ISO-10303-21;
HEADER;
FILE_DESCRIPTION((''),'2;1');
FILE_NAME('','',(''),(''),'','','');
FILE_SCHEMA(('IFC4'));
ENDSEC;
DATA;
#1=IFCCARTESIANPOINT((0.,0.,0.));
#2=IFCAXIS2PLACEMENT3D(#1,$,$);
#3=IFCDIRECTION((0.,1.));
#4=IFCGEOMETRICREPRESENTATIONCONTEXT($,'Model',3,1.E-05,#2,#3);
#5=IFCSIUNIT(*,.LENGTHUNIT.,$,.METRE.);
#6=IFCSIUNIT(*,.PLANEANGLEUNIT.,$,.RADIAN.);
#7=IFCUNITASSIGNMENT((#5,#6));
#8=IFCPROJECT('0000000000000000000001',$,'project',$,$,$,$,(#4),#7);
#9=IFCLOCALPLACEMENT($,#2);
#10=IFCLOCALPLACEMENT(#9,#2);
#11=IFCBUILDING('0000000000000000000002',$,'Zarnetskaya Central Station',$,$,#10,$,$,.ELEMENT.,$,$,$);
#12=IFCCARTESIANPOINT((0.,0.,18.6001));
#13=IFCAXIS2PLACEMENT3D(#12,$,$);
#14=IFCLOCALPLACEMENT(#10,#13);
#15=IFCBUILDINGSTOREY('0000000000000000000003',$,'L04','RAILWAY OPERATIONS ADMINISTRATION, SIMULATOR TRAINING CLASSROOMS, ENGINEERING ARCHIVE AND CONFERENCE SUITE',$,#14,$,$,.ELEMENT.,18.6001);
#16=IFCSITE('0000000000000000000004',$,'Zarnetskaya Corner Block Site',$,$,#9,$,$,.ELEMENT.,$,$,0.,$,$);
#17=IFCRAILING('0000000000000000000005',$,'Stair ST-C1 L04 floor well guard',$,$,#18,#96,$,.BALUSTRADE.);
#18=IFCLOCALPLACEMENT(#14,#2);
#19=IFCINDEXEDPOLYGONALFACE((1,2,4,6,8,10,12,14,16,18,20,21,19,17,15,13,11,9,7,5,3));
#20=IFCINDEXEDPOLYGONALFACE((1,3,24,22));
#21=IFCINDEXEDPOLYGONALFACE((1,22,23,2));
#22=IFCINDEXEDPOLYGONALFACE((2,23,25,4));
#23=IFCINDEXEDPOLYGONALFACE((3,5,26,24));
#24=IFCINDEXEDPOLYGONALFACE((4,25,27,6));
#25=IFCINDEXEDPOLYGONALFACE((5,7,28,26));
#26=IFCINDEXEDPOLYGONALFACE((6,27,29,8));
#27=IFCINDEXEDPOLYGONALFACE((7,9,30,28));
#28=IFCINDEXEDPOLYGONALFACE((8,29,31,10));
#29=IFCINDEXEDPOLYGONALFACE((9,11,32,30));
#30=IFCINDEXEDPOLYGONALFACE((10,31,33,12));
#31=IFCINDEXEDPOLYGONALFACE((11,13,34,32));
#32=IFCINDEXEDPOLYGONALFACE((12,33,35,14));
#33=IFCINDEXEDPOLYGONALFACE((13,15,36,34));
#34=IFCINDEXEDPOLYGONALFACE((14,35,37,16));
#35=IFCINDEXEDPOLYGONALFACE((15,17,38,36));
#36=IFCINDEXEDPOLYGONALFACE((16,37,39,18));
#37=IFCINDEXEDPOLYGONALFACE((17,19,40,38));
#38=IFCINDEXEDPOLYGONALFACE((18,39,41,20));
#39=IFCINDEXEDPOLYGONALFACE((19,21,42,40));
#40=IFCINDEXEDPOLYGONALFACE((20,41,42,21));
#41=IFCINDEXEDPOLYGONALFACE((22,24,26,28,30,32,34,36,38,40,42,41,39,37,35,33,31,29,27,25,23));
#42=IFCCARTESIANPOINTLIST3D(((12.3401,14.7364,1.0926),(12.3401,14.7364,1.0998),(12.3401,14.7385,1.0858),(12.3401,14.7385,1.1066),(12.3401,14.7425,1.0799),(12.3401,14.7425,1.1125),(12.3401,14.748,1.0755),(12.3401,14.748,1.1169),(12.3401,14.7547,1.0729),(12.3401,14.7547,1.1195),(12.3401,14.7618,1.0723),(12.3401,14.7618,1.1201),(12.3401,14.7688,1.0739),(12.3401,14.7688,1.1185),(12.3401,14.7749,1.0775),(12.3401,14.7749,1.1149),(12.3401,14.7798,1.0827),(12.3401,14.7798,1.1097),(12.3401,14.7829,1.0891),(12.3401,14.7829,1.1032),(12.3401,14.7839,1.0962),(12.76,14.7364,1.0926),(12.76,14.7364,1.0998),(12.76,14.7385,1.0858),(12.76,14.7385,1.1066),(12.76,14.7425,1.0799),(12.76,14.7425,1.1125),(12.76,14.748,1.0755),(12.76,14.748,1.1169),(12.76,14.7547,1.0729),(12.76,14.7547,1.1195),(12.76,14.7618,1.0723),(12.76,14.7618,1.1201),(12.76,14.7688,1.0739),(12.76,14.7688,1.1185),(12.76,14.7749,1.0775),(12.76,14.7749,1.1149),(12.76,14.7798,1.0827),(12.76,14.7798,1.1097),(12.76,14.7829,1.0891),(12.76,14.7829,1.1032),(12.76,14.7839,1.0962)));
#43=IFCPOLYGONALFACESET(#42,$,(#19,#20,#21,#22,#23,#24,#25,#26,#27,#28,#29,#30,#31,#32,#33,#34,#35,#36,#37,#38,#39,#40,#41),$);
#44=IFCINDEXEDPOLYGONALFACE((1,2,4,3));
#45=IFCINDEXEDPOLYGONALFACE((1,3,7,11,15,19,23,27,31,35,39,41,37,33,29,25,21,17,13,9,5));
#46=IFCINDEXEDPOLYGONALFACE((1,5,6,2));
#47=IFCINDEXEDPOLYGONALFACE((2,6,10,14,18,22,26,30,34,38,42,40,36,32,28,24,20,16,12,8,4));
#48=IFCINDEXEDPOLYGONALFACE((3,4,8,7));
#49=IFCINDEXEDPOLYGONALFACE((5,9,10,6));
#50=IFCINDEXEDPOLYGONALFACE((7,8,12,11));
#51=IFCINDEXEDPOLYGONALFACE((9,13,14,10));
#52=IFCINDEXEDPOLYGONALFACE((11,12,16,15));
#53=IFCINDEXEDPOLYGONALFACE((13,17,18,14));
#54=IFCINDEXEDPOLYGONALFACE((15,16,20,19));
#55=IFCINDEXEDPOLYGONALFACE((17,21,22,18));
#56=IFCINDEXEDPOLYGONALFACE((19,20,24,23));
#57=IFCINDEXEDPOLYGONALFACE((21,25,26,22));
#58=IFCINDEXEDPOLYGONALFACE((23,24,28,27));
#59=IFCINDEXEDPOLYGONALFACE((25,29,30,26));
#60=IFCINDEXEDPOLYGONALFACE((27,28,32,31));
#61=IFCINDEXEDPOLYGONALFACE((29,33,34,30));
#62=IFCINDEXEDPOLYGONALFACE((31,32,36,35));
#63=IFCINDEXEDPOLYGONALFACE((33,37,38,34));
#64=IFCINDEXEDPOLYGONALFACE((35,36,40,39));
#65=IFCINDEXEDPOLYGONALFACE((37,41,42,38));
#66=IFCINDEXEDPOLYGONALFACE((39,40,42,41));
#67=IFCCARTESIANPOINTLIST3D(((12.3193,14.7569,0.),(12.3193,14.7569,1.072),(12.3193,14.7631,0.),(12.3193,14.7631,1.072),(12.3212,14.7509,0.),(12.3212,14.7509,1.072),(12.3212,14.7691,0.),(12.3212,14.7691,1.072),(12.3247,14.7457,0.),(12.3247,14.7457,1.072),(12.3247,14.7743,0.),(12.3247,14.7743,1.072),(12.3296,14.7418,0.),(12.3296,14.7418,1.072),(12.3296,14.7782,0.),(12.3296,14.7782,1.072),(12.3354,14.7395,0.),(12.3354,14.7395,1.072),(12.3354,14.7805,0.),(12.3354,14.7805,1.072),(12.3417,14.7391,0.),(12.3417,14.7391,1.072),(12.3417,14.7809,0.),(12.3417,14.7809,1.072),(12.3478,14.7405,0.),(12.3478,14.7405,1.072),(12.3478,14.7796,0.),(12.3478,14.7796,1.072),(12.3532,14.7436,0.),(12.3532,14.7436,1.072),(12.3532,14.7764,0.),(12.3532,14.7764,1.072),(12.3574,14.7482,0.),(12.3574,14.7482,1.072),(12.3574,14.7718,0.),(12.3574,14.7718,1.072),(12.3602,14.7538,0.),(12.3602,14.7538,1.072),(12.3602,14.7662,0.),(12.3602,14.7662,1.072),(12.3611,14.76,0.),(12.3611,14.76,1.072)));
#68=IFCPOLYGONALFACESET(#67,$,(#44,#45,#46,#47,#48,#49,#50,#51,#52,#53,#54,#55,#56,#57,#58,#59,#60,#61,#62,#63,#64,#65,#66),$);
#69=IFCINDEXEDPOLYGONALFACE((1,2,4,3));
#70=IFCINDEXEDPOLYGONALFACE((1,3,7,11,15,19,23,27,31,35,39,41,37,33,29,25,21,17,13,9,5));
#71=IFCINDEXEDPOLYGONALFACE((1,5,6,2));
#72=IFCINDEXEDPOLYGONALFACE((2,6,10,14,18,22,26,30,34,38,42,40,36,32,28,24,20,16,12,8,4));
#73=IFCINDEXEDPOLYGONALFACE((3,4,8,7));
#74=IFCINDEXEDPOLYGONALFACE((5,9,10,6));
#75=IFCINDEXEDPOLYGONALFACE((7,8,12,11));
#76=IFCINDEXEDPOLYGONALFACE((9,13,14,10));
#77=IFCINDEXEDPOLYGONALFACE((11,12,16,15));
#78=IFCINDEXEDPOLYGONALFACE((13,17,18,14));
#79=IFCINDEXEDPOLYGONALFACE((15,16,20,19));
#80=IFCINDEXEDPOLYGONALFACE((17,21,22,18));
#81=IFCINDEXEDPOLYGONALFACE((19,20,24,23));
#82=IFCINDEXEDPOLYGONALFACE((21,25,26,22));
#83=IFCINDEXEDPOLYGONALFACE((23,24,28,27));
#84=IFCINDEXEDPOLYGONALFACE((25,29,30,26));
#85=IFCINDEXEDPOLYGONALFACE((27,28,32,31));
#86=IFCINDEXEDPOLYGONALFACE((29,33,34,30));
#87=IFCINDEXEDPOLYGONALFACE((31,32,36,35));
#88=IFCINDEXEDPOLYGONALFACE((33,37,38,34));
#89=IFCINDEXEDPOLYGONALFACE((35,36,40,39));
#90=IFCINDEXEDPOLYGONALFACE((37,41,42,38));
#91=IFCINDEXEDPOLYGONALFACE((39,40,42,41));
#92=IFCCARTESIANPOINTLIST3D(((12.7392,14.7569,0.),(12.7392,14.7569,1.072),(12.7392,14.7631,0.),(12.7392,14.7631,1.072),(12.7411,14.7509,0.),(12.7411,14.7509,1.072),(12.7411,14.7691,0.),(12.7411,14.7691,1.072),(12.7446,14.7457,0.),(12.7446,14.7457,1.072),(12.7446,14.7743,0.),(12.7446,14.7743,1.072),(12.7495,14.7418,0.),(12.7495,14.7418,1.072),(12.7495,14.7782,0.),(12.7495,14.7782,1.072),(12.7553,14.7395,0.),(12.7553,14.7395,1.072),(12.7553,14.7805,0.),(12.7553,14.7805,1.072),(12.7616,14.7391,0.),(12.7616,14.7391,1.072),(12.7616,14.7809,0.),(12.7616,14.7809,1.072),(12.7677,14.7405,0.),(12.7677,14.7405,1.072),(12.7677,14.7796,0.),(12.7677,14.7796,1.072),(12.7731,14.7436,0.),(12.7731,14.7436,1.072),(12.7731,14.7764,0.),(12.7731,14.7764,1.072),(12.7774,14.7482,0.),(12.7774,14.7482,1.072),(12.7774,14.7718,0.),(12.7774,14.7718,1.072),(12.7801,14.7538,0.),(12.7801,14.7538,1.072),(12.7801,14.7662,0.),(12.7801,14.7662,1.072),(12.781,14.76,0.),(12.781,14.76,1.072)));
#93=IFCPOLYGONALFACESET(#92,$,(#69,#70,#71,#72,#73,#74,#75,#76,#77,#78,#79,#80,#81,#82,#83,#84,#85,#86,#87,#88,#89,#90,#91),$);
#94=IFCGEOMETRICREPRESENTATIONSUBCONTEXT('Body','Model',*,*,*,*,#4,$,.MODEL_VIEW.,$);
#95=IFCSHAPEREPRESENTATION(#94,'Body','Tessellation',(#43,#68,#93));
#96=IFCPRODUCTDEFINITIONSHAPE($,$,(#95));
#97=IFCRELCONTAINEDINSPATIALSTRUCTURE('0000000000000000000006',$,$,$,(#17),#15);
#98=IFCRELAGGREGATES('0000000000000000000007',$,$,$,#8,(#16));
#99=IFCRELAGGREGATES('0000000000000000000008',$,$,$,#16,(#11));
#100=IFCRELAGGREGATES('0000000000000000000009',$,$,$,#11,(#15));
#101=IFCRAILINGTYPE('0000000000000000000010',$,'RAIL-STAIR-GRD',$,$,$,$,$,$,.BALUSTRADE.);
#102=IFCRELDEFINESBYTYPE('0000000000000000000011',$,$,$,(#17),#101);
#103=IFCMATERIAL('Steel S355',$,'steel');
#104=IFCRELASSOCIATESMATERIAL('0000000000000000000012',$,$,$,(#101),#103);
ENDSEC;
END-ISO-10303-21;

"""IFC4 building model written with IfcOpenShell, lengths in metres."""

from ifc_helpers import new_model, si_unit, direction, frame, origin, origin_2d, place, context, subcontext, project, spatial, circle, extrude, material, type_object, element, save


model = new_model("IFC4")

# Units and contexts
model_context = context("Model", 3, precision=1e-05, world=origin(), true_north=direction((0.0, 1.0)))
body_context = subcontext(model_context, "Body", "Model", "MODEL_VIEW")
ifc_project = project(units=[si_unit("LENGTHUNIT", "METRE"), si_unit("PLANEANGLEUNIT", "RADIAN")], contexts=[model_context])

# Site, building, storey
site_placement = place(None, origin())
site = spatial("IfcSite", under=ifc_project, at=site_placement, Name="Zarnetskaya Corner Block Site", CompositionType="ELEMENT", RefElevation=0.0)
building_placement = place(site_placement, origin())
building = spatial("IfcBuilding", under=site, at=building_placement, Name="Zarnetskaya Central Station", CompositionType="ELEMENT")
storey_placement = place(building_placement, frame((0.0, 0.0, 18.6001)))
storey = spatial("IfcBuildingStorey", under=building, at=storey_placement, Name="L04", Description="RAILWAY OPERATIONS ADMINISTRATION, SIMULATOR TRAINING CLASSROOMS, ENGINEERING ARCHIVE AND CONFERENCE SUITE", CompositionType="ELEMENT", Elevation=18.6001)

# Shared definitions
ifc_material_1 = material(Name="Steel S355", Category="steel")

# Railing
railing_type_1 = type_object("IfcRailingType", Name="RAIL-STAIR-GRD", PredefinedType="BALUSTRADE", material=ifc_material_1)
railing_1_placement = place(storey_placement, frame((12.3401, 14.76, 0.0)))
element("IfcRailing", 1, at=railing_1_placement, inside=storey, type_object=railing_type_1, Name="Stair ST-C1 L04 floor well guard", PredefinedType="BALUSTRADE", context=body_context, shape_type="SweptSolid", body=[
    extrude(circle(Radius=0.0239, at=origin_2d()), frame((0.0, 0.0, 1.0962), z_axis=(1.0, 0.0, 0.0), x_axis=(0.0, 1.0, 0.0)), (0.0, 0.0, 1.0), 0.4199),
    extrude(circle(Radius=0.021, at=origin_2d()), origin(), (0.0, 0.0, 1.0), 1.072),
    extrude(circle(Radius=0.021, at=origin_2d()), frame((0.4199, 0.0, 0.0)), (0.0, 0.0, 1.0), 1.072),
])

save(model, "model.ifc")
